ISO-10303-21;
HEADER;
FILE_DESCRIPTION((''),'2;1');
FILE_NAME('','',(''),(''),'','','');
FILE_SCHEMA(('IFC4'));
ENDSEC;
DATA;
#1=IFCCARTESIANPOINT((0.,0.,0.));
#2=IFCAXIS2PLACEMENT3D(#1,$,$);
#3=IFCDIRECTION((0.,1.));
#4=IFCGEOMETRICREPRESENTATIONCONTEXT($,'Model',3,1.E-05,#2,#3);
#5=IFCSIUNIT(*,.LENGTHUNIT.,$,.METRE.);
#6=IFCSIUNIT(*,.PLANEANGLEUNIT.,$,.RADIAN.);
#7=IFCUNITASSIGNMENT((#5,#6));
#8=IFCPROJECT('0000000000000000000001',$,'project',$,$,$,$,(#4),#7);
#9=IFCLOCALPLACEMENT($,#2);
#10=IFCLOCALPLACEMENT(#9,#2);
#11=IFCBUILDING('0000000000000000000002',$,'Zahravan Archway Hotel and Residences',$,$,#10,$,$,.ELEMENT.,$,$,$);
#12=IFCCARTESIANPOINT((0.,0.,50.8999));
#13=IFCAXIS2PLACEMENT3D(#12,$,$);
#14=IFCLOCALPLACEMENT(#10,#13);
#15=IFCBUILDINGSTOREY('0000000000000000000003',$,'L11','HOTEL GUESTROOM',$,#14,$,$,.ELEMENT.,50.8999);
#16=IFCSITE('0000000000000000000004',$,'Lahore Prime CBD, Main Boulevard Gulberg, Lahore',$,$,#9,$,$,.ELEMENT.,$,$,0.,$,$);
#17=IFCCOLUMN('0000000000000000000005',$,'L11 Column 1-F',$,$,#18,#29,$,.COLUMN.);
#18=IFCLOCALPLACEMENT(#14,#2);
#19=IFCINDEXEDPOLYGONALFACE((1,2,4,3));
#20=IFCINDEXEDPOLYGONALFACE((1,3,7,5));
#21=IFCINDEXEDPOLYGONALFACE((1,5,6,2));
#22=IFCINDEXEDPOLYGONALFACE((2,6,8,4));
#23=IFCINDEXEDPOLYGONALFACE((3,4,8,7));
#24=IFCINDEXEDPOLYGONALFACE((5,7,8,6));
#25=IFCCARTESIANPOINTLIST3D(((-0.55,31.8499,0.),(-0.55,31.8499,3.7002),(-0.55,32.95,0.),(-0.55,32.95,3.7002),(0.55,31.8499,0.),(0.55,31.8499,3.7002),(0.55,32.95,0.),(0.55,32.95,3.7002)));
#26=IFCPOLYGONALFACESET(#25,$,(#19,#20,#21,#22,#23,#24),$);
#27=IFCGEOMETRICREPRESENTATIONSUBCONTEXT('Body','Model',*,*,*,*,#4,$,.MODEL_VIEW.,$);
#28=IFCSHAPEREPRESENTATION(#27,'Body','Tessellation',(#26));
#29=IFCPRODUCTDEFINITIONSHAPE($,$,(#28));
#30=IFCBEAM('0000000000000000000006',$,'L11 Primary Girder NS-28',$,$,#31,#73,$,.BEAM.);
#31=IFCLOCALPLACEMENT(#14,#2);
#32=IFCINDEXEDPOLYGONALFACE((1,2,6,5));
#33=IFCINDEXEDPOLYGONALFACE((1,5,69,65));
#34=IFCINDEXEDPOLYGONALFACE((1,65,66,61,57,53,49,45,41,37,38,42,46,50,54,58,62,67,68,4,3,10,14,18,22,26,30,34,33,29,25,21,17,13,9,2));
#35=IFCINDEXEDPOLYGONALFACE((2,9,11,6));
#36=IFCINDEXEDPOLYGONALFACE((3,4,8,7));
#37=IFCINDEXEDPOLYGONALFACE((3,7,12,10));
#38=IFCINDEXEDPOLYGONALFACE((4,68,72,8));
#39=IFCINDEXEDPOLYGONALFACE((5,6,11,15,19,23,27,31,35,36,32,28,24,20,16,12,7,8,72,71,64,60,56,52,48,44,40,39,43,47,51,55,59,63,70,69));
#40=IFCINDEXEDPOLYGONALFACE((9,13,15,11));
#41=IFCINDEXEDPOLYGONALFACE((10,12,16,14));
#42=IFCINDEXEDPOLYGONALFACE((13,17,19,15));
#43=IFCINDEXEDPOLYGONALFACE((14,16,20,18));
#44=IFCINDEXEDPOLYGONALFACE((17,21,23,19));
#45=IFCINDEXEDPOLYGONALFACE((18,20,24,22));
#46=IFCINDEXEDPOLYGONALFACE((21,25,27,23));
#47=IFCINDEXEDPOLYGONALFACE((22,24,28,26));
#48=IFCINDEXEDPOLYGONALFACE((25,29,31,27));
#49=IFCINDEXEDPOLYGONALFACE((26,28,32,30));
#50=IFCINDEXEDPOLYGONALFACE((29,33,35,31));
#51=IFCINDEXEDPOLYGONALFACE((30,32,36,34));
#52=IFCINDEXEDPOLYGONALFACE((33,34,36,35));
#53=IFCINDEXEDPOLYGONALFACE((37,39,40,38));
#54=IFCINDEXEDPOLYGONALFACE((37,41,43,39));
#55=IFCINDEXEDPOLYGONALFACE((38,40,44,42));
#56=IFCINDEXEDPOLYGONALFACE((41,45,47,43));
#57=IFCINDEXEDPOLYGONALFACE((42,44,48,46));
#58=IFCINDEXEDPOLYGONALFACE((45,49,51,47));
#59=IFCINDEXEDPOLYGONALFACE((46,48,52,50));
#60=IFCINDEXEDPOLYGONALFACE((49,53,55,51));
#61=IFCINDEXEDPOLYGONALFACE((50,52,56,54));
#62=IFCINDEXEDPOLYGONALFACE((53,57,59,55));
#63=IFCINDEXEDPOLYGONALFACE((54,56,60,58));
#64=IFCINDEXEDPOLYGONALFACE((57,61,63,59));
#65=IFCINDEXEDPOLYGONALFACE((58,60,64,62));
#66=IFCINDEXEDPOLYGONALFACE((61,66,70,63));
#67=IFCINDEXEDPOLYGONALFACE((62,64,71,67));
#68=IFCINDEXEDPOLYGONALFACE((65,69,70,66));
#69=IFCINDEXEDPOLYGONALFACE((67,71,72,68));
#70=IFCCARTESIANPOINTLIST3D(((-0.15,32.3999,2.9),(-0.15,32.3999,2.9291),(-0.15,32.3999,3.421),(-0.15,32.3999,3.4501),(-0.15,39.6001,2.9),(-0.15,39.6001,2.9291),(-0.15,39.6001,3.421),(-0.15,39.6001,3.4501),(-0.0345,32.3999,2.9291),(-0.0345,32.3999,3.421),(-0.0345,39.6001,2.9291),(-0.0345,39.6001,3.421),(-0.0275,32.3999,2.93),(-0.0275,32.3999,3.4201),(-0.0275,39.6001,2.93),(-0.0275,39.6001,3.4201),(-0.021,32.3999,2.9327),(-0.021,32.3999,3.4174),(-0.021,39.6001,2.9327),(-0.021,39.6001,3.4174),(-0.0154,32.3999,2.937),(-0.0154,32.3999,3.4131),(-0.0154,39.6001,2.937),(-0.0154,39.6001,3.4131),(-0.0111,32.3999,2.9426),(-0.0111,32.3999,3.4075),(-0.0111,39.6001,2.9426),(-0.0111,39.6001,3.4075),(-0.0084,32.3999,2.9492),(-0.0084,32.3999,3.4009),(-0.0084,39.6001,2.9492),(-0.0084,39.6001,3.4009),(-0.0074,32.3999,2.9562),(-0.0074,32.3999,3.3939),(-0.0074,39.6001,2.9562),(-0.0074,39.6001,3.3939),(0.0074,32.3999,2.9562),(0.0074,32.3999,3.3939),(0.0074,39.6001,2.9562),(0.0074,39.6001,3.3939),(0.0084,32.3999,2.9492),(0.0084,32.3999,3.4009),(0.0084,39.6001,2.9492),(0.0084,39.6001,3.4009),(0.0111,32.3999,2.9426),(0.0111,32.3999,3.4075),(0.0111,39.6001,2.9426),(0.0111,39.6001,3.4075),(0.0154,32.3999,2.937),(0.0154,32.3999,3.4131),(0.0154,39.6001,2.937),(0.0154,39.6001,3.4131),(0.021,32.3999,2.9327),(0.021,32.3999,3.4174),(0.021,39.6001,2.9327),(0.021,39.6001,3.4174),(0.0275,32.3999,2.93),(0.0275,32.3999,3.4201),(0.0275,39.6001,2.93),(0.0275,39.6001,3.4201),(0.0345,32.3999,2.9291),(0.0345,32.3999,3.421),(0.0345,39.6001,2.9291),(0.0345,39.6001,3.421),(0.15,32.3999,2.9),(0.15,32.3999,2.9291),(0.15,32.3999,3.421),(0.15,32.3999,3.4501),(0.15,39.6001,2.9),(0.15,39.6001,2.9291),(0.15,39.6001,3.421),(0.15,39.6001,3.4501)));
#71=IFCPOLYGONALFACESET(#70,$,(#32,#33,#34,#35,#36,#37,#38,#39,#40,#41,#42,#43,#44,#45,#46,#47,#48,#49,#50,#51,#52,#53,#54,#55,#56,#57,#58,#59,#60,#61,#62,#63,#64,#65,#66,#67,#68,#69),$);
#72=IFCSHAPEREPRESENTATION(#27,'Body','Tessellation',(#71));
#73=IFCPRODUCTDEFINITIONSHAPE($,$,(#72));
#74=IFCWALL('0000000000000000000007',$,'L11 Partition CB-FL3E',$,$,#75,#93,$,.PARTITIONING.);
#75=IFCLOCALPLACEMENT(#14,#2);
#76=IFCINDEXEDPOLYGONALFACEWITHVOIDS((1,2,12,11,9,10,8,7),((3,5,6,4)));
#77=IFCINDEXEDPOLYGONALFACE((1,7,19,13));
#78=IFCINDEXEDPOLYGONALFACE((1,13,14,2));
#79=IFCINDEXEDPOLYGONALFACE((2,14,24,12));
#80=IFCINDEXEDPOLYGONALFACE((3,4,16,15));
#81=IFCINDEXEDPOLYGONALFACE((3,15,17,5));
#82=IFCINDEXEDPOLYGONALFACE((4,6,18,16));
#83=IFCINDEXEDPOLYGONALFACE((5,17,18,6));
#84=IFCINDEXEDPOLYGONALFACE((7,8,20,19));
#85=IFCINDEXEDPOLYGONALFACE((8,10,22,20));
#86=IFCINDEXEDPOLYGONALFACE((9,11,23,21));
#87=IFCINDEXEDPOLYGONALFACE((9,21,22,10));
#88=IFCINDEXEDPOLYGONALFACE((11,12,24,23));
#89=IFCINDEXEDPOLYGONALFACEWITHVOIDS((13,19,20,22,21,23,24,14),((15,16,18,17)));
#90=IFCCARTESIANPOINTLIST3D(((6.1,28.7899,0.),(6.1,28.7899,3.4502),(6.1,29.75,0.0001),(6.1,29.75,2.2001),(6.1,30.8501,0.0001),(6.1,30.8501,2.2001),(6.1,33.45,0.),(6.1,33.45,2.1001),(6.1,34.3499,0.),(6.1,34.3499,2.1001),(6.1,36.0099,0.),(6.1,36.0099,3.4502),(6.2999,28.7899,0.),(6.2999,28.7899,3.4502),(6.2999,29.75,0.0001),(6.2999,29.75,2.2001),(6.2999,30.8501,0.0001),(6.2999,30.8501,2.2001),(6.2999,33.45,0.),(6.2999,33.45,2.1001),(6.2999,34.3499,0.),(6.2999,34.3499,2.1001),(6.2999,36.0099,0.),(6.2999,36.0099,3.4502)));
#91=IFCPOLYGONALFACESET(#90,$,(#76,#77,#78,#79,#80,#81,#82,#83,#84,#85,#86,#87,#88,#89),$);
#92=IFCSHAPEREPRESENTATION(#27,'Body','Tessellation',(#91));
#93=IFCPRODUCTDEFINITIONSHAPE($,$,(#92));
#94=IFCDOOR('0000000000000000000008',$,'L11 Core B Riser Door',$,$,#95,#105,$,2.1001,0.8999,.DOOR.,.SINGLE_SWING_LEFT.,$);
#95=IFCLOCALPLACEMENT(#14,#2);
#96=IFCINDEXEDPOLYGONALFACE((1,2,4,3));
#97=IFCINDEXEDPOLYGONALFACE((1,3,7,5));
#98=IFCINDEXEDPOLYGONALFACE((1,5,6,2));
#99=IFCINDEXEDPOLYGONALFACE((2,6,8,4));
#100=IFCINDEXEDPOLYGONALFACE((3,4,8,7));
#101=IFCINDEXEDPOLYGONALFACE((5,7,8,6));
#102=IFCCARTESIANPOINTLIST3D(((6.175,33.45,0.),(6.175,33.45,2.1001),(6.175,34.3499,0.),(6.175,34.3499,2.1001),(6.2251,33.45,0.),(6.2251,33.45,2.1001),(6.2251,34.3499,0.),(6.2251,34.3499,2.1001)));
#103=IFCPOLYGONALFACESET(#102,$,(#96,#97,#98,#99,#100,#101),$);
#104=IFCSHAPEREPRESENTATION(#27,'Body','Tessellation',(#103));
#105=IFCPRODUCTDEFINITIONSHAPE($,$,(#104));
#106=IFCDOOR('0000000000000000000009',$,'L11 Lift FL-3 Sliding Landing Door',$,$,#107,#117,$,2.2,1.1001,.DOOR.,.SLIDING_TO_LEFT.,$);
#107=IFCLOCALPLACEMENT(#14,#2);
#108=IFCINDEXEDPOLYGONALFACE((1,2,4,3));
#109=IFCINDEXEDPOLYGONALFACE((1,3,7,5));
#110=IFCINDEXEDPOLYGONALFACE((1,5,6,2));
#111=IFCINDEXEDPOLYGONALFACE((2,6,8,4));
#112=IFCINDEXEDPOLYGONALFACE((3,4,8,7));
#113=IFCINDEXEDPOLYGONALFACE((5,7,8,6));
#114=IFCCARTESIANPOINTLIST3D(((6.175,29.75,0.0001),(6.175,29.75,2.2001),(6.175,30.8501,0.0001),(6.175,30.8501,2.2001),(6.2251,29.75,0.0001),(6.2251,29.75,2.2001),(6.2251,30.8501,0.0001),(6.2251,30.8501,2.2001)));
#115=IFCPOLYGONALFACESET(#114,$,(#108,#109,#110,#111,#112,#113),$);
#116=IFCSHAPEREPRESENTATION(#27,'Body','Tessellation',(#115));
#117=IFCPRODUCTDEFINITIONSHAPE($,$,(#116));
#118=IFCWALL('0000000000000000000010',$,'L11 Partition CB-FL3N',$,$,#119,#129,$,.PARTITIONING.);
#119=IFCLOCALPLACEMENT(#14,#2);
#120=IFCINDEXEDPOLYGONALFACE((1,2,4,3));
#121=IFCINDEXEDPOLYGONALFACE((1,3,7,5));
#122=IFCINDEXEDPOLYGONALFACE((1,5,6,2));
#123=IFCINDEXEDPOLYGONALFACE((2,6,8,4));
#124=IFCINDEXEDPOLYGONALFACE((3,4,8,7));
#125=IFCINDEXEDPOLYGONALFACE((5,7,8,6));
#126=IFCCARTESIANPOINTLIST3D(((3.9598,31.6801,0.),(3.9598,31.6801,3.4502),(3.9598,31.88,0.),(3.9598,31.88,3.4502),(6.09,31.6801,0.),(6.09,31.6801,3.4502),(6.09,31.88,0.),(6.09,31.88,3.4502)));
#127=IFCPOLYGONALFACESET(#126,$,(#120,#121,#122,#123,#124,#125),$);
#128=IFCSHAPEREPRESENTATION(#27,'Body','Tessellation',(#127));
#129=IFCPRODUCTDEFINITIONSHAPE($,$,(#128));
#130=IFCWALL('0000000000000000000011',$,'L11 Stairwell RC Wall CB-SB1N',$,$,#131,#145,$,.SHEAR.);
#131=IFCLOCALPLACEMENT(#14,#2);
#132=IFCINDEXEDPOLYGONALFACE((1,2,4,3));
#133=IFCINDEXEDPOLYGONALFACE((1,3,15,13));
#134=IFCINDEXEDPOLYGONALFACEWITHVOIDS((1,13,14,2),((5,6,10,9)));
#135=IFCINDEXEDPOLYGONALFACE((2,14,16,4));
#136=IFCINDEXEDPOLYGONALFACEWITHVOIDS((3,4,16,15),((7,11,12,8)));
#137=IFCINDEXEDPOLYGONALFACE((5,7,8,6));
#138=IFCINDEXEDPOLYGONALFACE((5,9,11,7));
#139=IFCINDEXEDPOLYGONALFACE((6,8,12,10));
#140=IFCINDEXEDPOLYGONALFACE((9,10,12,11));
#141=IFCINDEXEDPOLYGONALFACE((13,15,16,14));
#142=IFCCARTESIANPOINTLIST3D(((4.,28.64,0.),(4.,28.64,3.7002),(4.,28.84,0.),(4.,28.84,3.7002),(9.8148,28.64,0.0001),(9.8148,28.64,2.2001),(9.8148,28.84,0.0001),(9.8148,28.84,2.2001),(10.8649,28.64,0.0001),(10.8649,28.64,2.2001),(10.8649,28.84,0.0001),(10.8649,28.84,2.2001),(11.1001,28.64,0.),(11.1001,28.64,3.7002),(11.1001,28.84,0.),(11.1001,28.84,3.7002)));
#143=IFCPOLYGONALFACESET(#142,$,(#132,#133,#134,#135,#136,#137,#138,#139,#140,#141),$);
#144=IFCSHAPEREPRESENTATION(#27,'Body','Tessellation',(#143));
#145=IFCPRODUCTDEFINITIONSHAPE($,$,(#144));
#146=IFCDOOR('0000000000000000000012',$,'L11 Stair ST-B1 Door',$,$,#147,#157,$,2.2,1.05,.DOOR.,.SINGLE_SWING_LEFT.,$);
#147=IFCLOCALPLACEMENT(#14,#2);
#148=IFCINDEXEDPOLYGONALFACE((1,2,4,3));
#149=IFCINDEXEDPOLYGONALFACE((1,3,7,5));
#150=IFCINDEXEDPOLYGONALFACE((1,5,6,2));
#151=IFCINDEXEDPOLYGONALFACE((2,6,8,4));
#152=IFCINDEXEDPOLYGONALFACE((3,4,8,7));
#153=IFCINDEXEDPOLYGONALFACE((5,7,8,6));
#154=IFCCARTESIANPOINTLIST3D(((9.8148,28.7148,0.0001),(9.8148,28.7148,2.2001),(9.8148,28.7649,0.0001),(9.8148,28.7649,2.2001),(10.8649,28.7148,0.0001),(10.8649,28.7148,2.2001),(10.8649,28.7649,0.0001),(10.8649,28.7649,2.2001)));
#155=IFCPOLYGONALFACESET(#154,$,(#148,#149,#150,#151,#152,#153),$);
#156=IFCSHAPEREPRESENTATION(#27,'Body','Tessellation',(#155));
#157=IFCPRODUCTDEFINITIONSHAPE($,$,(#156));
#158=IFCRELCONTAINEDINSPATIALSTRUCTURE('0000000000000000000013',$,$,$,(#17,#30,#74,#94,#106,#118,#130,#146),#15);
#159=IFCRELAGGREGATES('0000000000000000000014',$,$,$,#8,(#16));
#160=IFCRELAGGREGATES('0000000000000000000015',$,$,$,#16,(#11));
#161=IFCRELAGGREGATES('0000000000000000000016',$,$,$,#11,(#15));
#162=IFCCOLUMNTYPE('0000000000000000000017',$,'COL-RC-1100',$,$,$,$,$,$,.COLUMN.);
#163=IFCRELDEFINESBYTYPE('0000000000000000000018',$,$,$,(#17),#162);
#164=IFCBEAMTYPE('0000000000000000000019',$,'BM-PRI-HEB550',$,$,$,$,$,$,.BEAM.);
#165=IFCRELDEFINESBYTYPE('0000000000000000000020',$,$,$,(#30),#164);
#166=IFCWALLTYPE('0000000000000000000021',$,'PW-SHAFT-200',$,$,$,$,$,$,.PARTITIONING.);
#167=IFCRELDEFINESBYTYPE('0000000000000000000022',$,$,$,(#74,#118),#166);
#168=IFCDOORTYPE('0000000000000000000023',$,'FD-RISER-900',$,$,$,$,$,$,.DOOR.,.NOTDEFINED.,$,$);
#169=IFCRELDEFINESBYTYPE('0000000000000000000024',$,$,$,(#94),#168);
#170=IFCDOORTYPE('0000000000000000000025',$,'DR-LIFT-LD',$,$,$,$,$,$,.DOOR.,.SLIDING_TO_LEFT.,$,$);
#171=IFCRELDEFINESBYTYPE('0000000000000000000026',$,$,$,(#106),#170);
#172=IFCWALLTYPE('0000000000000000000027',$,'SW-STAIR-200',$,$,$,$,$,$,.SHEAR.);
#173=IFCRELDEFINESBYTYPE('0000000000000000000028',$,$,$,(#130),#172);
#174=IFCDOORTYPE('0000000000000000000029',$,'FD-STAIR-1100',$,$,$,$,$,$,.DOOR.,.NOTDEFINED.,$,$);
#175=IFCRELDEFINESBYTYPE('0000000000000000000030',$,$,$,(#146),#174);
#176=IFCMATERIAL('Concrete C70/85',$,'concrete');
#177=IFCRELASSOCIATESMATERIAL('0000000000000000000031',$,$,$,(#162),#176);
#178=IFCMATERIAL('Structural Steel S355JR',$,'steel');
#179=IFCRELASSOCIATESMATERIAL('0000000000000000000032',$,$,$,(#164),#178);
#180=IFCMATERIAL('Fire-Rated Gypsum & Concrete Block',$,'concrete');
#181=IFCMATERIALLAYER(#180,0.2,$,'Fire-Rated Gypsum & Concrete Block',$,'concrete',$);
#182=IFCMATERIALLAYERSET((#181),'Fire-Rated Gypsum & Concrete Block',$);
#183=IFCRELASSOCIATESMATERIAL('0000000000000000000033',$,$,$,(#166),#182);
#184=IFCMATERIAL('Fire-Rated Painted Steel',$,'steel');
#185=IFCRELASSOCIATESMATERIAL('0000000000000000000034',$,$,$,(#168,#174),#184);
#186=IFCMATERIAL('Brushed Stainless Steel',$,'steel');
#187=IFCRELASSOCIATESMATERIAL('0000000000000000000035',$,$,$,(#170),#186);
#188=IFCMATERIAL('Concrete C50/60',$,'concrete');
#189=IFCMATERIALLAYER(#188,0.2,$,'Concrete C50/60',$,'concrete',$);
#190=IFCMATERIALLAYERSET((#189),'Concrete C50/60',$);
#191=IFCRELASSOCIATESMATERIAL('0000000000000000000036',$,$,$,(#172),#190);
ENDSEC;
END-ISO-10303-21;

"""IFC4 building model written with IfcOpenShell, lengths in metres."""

from ifc_helpers import new_model, si_unit, direction, frame, frame_2d, origin, origin_2d, place, context, subcontext, project, spatial, rectangle, i_section, extrude, source, transform, mapped, material, layer, layer_set, material_profile, profile_set, type_object, type_shapes, element, fill, save


model = new_model("IFC4")

# Units and contexts
model_context = context("Model", 3, precision=1e-05, world=origin(), true_north=direction((0.0, 1.0)))
body_context = subcontext(model_context, "Body", "Model", "MODEL_VIEW")
ifc_project = project(units=[si_unit("LENGTHUNIT", "METRE"), si_unit("PLANEANGLEUNIT", "RADIAN")], contexts=[model_context])

# Site, building, storey
site_placement = place(None, origin())
site = spatial("IfcSite", under=ifc_project, at=site_placement, Name="Lahore Prime CBD, Main Boulevard Gulberg, Lahore", CompositionType="ELEMENT", RefElevation=0.0)
building_placement = place(site_placement, origin())
building = spatial("IfcBuilding", under=site, at=building_placement, Name="Zahravan Archway Hotel and Residences", CompositionType="ELEMENT")
storey_placement = place(building_placement, frame((0.0, 0.0, 50.8999)))
storey = spatial("IfcBuildingStorey", under=building, at=storey_placement, Name="L11", Description="HOTEL GUESTROOM", CompositionType="ELEMENT", Elevation=50.8999)

# Column
ifc_material_1 = material(Name="Concrete C70/85", Category="concrete")
ifc_material_profile_1 = material_profile(ifc_material_1, rectangle(XDim=1.1001, YDim=1.1001, at=origin_2d()), Name="RC 1100x1100", Category="concrete")
ifc_profile_set_1 = profile_set([ifc_material_profile_1], Name="Concrete C70/85")
column_type = type_object("IfcColumnType", Name="COL-RC-1100", PredefinedType="COLUMN", material=ifc_profile_set_1)
shared_shape_1 = source(origin(), body_context, "Body", "SweptSolid", [
    extrude(rectangle(XDim=1.1001, YDim=1.1001, at=origin_2d()), origin(), (0.0, 0.0, 1.0), 3.7002),
])
column_placement = place(storey_placement, frame((0.0, 32.3999, 0.0), z_axis=(0.0, 0.0, 1.0), x_axis=(1.0, 0.0, 0.0)))
element("IfcColumn", 1, at=column_placement, inside=storey, type_object=column_type, Name="L11 Column 1-F", PredefinedType="COLUMN", context=body_context, shape_type="MappedRepresentation", body=[
    mapped(shared_shape_1, transform((0.0, 0.0, 0.0), scale=1.0)),
])

# Beam
ifc_material_2 = material(Name="Structural Steel S355JR", Category="steel")
ifc_material_profile_2 = material_profile(ifc_material_2, i_section(OverallWidth=0.3, OverallDepth=0.55, WebThickness=0.0149, FlangeThickness=0.0291, FilletRadius=0.0271, at=origin_2d()), Name="HEB 550", Category="steel")
ifc_profile_set_2 = profile_set([ifc_material_profile_2], Name="Structural Steel S355JR")
beam_type = type_object("IfcBeamType", Name="BM-PRI-HEB550", PredefinedType="BEAM", material=ifc_profile_set_2)
shared_shape_2 = source(origin(), body_context, "Body", "SweptSolid", [
    extrude(i_section(OverallWidth=0.3, OverallDepth=0.55, WebThickness=0.0149, FlangeThickness=0.0291, FilletRadius=0.0271, at=origin_2d()), origin(), (0.0, 0.0, 1.0), 7.2002),
])
type_shapes(beam_type, [shared_shape_2])
beam_placement = place(storey_placement, frame((0.0, 32.3999, 3.175), z_axis=(0.0, 1.0, 0.0), x_axis=(-1.0, 0.0, 0.0)))
element("IfcBeam", 2, at=beam_placement, inside=storey, type_object=beam_type, Name="L11 Primary Girder NS-28", PredefinedType="BEAM", context=body_context, shape_type="MappedRepresentation", body=[
    mapped(shared_shape_2, transform((0.0, 0.0, 0.0), scale=1.0)),
])

# Wall, openings, doors
ifc_material_3 = material(Name="Fire-Rated Gypsum & Concrete Block", Category="concrete")
ifc_layer_1 = layer(ifc_material_3, 0.2, Name="Fire-Rated Gypsum & Concrete Block", Category="concrete")
ifc_layer_set_1 = layer_set([ifc_layer_1], Name="Fire-Rated Gypsum & Concrete Block")
wall_type_1 = type_object("IfcWallType", Name="PW-SHAFT-200", PredefinedType="PARTITIONING", material=ifc_layer_set_1)
wall_1_placement = place(storey_placement, frame((6.2, 28.79, 0.0), z_axis=(0.0, 0.0, 1.0), x_axis=(0.0, 1.0, 0.0)))
wall_1 = element("IfcWall", 3, at=wall_1_placement, inside=storey, type_object=wall_type_1, Name="L11 Partition CB-FL3E", PredefinedType="PARTITIONING", context=body_context, shape_type="SweptSolid", body=[
    extrude(rectangle(XDim=7.22, YDim=0.2, at=frame_2d((3.6099, 0.0))), origin(), (0.0, 0.0, 1.0), 3.4502),
])
opening_1_placement = place(wall_1_placement, frame((4.6599, 0.0, 0.0)))
opening_1 = element("IfcOpeningElement", 4, at=opening_1_placement, cuts=wall_1, PredefinedType="OPENING", context=body_context, shape_type="SweptSolid", body=[
    extrude(rectangle(XDim=0.8999, YDim=2.1001, at=frame_2d((0.45, 1.05))), frame((0.0, 0.1099, 0.0), z_axis=(0.0, -1.0, 0.0), x_axis=(1.0, 0.0, 0.0)), (0.0, 0.0, 1.0), 0.22),
])
opening_2_placement = place(wall_1_placement, frame((0.96, 0.0, 0.0)))
opening_2 = element("IfcOpeningElement", 5, at=opening_2_placement, cuts=wall_1, PredefinedType="OPENING", context=body_context, shape_type="SweptSolid", body=[
    extrude(rectangle(XDim=1.1001, YDim=2.2, at=frame_2d((0.55, 1.1001))), frame((0.0, 0.1099, 0.0), z_axis=(0.0, -1.0, 0.0), x_axis=(1.0, 0.0, 0.0)), (0.0, 0.0, 1.0), 0.22),
])
ifc_material_4 = material(Name="Fire-Rated Painted Steel", Category="steel")
door_type_1 = type_object("IfcDoorType", Name="FD-RISER-900", OperationType="NOTDEFINED", PredefinedType="DOOR", material=ifc_material_4)
shared_shape_3 = source(origin(), body_context, "Body", "SweptSolid", [
    extrude(rectangle(XDim=0.8999, YDim=2.1001, at=frame_2d((0.45, 1.05))), frame((0.0, 0.0249, 0.0), z_axis=(0.0, -1.0, 0.0), x_axis=(1.0, 0.0, 0.0)), (0.0, 0.0, 1.0), 0.05),
])
type_shapes(door_type_1, [shared_shape_3])
door_1_placement = place(opening_1_placement, origin())
door_1 = element("IfcDoor", 6, at=door_1_placement, inside=storey, type_object=door_type_1, Name="L11 Core B Riser Door", OperationType="SINGLE_SWING_LEFT", OverallHeight=2.1001, OverallWidth=0.8999, PredefinedType="DOOR", context=body_context, shape_type="MappedRepresentation", body=[
    mapped(shared_shape_3, transform((0.0, 0.0, 0.0), scale=1.0)),
])
fill(opening_1, door_1)
ifc_material_5 = material(Name="Brushed Stainless Steel", Category="steel")
door_type_2 = type_object("IfcDoorType", Name="DR-LIFT-LD", OperationType="SLIDING_TO_LEFT", PredefinedType="DOOR", material=ifc_material_5)
shared_shape_4 = source(origin(), body_context, "Body", "SweptSolid", [
    extrude(rectangle(XDim=1.1001, YDim=2.2, at=frame_2d((0.55, 1.1001))), frame((0.0, 0.0249, 0.0), z_axis=(0.0, -1.0, 0.0), x_axis=(1.0, 0.0, 0.0)), (0.0, 0.0, 1.0), 0.05),
])
type_shapes(door_type_2, [shared_shape_4])
door_2_placement = place(opening_2_placement, origin())
door_2 = element("IfcDoor", 7, at=door_2_placement, inside=storey, type_object=door_type_2, Name="L11 Lift FL-3 Sliding Landing Door", OperationType="SLIDING_TO_LEFT", OverallHeight=2.2, OverallWidth=1.1001, PredefinedType="DOOR", context=body_context, shape_type="MappedRepresentation", body=[
    mapped(shared_shape_4, transform((0.0, 0.0, 0.0), scale=1.0)),
])
fill(opening_2, door_2)

# Wall
wall_2_placement = place(storey_placement, frame((3.96, 31.78, 0.0), z_axis=(0.0, 0.0, 1.0), x_axis=(1.0, 0.0, 0.0)))
element("IfcWall", 8, at=wall_2_placement, inside=storey, type_object=wall_type_1, Name="L11 Partition CB-FL3N", PredefinedType="PARTITIONING", context=body_context, shape_type="SweptSolid", body=[
    extrude(rectangle(XDim=2.1301, YDim=0.2, at=frame_2d((1.0649, 0.0))), origin(), (0.0, 0.0, 1.0), 3.4502),
])

# Wall, opening, door
ifc_material_6 = material(Name="Concrete C50/60", Category="concrete")
ifc_layer_2 = layer(ifc_material_6, 0.2, Name="Concrete C50/60", Category="concrete")
ifc_layer_set_2 = layer_set([ifc_layer_2], Name="Concrete C50/60")
wall_type_2 = type_object("IfcWallType", Name="SW-STAIR-200", PredefinedType="SHEAR", material=ifc_layer_set_2)
wall_3_placement = place(storey_placement, frame((4.0, 28.74, 0.0), z_axis=(0.0, 0.0, 1.0), x_axis=(1.0, 0.0, 0.0)))
wall_3 = element("IfcWall", 9, at=wall_3_placement, inside=storey, type_object=wall_type_2, Name="L11 Stairwell RC Wall CB-SB1N", PredefinedType="SHEAR", context=body_context, shape_type="SweptSolid", body=[
    extrude(rectangle(XDim=7.1001, YDim=0.2, at=frame_2d((3.55, 0.0))), origin(), (0.0, 0.0, 1.0), 3.7002),
])
opening_3_placement = place(wall_3_placement, frame((5.8149, 0.0, 0.0)))
opening_3 = element("IfcOpeningElement", 10, at=opening_3_placement, cuts=wall_3, PredefinedType="OPENING", context=body_context, shape_type="SweptSolid", body=[
    extrude(rectangle(XDim=1.05, YDim=2.2, at=frame_2d((0.5249, 1.1001))), frame((0.0, 0.1099, 0.0), z_axis=(0.0, -1.0, 0.0), x_axis=(1.0, 0.0, 0.0)), (0.0, 0.0, 1.0), 0.22),
])
door_type_3 = type_object("IfcDoorType", Name="FD-STAIR-1100", OperationType="NOTDEFINED", PredefinedType="DOOR", material=ifc_material_4)
shared_shape_5 = source(origin(), body_context, "Body", "SweptSolid", [
    extrude(rectangle(XDim=1.05, YDim=2.2, at=frame_2d((0.5249, 1.1001))), frame((0.0, 0.0249, 0.0), z_axis=(0.0, -1.0, 0.0), x_axis=(1.0, 0.0, 0.0)), (0.0, 0.0, 1.0), 0.05),
])
type_shapes(door_type_3, [shared_shape_5])
door_3_placement = place(opening_3_placement, origin())
door_3 = element("IfcDoor", 11, at=door_3_placement, inside=storey, type_object=door_type_3, Name="L11 Stair ST-B1 Door", OperationType="SINGLE_SWING_LEFT", OverallHeight=2.2, OverallWidth=1.05, PredefinedType="DOOR", context=body_context, shape_type="MappedRepresentation", body=[
    mapped(shared_shape_5, transform((0.0, 0.0, 0.0), scale=1.0)),
])
fill(opening_3, door_3)

save(model, "model.ifc")
